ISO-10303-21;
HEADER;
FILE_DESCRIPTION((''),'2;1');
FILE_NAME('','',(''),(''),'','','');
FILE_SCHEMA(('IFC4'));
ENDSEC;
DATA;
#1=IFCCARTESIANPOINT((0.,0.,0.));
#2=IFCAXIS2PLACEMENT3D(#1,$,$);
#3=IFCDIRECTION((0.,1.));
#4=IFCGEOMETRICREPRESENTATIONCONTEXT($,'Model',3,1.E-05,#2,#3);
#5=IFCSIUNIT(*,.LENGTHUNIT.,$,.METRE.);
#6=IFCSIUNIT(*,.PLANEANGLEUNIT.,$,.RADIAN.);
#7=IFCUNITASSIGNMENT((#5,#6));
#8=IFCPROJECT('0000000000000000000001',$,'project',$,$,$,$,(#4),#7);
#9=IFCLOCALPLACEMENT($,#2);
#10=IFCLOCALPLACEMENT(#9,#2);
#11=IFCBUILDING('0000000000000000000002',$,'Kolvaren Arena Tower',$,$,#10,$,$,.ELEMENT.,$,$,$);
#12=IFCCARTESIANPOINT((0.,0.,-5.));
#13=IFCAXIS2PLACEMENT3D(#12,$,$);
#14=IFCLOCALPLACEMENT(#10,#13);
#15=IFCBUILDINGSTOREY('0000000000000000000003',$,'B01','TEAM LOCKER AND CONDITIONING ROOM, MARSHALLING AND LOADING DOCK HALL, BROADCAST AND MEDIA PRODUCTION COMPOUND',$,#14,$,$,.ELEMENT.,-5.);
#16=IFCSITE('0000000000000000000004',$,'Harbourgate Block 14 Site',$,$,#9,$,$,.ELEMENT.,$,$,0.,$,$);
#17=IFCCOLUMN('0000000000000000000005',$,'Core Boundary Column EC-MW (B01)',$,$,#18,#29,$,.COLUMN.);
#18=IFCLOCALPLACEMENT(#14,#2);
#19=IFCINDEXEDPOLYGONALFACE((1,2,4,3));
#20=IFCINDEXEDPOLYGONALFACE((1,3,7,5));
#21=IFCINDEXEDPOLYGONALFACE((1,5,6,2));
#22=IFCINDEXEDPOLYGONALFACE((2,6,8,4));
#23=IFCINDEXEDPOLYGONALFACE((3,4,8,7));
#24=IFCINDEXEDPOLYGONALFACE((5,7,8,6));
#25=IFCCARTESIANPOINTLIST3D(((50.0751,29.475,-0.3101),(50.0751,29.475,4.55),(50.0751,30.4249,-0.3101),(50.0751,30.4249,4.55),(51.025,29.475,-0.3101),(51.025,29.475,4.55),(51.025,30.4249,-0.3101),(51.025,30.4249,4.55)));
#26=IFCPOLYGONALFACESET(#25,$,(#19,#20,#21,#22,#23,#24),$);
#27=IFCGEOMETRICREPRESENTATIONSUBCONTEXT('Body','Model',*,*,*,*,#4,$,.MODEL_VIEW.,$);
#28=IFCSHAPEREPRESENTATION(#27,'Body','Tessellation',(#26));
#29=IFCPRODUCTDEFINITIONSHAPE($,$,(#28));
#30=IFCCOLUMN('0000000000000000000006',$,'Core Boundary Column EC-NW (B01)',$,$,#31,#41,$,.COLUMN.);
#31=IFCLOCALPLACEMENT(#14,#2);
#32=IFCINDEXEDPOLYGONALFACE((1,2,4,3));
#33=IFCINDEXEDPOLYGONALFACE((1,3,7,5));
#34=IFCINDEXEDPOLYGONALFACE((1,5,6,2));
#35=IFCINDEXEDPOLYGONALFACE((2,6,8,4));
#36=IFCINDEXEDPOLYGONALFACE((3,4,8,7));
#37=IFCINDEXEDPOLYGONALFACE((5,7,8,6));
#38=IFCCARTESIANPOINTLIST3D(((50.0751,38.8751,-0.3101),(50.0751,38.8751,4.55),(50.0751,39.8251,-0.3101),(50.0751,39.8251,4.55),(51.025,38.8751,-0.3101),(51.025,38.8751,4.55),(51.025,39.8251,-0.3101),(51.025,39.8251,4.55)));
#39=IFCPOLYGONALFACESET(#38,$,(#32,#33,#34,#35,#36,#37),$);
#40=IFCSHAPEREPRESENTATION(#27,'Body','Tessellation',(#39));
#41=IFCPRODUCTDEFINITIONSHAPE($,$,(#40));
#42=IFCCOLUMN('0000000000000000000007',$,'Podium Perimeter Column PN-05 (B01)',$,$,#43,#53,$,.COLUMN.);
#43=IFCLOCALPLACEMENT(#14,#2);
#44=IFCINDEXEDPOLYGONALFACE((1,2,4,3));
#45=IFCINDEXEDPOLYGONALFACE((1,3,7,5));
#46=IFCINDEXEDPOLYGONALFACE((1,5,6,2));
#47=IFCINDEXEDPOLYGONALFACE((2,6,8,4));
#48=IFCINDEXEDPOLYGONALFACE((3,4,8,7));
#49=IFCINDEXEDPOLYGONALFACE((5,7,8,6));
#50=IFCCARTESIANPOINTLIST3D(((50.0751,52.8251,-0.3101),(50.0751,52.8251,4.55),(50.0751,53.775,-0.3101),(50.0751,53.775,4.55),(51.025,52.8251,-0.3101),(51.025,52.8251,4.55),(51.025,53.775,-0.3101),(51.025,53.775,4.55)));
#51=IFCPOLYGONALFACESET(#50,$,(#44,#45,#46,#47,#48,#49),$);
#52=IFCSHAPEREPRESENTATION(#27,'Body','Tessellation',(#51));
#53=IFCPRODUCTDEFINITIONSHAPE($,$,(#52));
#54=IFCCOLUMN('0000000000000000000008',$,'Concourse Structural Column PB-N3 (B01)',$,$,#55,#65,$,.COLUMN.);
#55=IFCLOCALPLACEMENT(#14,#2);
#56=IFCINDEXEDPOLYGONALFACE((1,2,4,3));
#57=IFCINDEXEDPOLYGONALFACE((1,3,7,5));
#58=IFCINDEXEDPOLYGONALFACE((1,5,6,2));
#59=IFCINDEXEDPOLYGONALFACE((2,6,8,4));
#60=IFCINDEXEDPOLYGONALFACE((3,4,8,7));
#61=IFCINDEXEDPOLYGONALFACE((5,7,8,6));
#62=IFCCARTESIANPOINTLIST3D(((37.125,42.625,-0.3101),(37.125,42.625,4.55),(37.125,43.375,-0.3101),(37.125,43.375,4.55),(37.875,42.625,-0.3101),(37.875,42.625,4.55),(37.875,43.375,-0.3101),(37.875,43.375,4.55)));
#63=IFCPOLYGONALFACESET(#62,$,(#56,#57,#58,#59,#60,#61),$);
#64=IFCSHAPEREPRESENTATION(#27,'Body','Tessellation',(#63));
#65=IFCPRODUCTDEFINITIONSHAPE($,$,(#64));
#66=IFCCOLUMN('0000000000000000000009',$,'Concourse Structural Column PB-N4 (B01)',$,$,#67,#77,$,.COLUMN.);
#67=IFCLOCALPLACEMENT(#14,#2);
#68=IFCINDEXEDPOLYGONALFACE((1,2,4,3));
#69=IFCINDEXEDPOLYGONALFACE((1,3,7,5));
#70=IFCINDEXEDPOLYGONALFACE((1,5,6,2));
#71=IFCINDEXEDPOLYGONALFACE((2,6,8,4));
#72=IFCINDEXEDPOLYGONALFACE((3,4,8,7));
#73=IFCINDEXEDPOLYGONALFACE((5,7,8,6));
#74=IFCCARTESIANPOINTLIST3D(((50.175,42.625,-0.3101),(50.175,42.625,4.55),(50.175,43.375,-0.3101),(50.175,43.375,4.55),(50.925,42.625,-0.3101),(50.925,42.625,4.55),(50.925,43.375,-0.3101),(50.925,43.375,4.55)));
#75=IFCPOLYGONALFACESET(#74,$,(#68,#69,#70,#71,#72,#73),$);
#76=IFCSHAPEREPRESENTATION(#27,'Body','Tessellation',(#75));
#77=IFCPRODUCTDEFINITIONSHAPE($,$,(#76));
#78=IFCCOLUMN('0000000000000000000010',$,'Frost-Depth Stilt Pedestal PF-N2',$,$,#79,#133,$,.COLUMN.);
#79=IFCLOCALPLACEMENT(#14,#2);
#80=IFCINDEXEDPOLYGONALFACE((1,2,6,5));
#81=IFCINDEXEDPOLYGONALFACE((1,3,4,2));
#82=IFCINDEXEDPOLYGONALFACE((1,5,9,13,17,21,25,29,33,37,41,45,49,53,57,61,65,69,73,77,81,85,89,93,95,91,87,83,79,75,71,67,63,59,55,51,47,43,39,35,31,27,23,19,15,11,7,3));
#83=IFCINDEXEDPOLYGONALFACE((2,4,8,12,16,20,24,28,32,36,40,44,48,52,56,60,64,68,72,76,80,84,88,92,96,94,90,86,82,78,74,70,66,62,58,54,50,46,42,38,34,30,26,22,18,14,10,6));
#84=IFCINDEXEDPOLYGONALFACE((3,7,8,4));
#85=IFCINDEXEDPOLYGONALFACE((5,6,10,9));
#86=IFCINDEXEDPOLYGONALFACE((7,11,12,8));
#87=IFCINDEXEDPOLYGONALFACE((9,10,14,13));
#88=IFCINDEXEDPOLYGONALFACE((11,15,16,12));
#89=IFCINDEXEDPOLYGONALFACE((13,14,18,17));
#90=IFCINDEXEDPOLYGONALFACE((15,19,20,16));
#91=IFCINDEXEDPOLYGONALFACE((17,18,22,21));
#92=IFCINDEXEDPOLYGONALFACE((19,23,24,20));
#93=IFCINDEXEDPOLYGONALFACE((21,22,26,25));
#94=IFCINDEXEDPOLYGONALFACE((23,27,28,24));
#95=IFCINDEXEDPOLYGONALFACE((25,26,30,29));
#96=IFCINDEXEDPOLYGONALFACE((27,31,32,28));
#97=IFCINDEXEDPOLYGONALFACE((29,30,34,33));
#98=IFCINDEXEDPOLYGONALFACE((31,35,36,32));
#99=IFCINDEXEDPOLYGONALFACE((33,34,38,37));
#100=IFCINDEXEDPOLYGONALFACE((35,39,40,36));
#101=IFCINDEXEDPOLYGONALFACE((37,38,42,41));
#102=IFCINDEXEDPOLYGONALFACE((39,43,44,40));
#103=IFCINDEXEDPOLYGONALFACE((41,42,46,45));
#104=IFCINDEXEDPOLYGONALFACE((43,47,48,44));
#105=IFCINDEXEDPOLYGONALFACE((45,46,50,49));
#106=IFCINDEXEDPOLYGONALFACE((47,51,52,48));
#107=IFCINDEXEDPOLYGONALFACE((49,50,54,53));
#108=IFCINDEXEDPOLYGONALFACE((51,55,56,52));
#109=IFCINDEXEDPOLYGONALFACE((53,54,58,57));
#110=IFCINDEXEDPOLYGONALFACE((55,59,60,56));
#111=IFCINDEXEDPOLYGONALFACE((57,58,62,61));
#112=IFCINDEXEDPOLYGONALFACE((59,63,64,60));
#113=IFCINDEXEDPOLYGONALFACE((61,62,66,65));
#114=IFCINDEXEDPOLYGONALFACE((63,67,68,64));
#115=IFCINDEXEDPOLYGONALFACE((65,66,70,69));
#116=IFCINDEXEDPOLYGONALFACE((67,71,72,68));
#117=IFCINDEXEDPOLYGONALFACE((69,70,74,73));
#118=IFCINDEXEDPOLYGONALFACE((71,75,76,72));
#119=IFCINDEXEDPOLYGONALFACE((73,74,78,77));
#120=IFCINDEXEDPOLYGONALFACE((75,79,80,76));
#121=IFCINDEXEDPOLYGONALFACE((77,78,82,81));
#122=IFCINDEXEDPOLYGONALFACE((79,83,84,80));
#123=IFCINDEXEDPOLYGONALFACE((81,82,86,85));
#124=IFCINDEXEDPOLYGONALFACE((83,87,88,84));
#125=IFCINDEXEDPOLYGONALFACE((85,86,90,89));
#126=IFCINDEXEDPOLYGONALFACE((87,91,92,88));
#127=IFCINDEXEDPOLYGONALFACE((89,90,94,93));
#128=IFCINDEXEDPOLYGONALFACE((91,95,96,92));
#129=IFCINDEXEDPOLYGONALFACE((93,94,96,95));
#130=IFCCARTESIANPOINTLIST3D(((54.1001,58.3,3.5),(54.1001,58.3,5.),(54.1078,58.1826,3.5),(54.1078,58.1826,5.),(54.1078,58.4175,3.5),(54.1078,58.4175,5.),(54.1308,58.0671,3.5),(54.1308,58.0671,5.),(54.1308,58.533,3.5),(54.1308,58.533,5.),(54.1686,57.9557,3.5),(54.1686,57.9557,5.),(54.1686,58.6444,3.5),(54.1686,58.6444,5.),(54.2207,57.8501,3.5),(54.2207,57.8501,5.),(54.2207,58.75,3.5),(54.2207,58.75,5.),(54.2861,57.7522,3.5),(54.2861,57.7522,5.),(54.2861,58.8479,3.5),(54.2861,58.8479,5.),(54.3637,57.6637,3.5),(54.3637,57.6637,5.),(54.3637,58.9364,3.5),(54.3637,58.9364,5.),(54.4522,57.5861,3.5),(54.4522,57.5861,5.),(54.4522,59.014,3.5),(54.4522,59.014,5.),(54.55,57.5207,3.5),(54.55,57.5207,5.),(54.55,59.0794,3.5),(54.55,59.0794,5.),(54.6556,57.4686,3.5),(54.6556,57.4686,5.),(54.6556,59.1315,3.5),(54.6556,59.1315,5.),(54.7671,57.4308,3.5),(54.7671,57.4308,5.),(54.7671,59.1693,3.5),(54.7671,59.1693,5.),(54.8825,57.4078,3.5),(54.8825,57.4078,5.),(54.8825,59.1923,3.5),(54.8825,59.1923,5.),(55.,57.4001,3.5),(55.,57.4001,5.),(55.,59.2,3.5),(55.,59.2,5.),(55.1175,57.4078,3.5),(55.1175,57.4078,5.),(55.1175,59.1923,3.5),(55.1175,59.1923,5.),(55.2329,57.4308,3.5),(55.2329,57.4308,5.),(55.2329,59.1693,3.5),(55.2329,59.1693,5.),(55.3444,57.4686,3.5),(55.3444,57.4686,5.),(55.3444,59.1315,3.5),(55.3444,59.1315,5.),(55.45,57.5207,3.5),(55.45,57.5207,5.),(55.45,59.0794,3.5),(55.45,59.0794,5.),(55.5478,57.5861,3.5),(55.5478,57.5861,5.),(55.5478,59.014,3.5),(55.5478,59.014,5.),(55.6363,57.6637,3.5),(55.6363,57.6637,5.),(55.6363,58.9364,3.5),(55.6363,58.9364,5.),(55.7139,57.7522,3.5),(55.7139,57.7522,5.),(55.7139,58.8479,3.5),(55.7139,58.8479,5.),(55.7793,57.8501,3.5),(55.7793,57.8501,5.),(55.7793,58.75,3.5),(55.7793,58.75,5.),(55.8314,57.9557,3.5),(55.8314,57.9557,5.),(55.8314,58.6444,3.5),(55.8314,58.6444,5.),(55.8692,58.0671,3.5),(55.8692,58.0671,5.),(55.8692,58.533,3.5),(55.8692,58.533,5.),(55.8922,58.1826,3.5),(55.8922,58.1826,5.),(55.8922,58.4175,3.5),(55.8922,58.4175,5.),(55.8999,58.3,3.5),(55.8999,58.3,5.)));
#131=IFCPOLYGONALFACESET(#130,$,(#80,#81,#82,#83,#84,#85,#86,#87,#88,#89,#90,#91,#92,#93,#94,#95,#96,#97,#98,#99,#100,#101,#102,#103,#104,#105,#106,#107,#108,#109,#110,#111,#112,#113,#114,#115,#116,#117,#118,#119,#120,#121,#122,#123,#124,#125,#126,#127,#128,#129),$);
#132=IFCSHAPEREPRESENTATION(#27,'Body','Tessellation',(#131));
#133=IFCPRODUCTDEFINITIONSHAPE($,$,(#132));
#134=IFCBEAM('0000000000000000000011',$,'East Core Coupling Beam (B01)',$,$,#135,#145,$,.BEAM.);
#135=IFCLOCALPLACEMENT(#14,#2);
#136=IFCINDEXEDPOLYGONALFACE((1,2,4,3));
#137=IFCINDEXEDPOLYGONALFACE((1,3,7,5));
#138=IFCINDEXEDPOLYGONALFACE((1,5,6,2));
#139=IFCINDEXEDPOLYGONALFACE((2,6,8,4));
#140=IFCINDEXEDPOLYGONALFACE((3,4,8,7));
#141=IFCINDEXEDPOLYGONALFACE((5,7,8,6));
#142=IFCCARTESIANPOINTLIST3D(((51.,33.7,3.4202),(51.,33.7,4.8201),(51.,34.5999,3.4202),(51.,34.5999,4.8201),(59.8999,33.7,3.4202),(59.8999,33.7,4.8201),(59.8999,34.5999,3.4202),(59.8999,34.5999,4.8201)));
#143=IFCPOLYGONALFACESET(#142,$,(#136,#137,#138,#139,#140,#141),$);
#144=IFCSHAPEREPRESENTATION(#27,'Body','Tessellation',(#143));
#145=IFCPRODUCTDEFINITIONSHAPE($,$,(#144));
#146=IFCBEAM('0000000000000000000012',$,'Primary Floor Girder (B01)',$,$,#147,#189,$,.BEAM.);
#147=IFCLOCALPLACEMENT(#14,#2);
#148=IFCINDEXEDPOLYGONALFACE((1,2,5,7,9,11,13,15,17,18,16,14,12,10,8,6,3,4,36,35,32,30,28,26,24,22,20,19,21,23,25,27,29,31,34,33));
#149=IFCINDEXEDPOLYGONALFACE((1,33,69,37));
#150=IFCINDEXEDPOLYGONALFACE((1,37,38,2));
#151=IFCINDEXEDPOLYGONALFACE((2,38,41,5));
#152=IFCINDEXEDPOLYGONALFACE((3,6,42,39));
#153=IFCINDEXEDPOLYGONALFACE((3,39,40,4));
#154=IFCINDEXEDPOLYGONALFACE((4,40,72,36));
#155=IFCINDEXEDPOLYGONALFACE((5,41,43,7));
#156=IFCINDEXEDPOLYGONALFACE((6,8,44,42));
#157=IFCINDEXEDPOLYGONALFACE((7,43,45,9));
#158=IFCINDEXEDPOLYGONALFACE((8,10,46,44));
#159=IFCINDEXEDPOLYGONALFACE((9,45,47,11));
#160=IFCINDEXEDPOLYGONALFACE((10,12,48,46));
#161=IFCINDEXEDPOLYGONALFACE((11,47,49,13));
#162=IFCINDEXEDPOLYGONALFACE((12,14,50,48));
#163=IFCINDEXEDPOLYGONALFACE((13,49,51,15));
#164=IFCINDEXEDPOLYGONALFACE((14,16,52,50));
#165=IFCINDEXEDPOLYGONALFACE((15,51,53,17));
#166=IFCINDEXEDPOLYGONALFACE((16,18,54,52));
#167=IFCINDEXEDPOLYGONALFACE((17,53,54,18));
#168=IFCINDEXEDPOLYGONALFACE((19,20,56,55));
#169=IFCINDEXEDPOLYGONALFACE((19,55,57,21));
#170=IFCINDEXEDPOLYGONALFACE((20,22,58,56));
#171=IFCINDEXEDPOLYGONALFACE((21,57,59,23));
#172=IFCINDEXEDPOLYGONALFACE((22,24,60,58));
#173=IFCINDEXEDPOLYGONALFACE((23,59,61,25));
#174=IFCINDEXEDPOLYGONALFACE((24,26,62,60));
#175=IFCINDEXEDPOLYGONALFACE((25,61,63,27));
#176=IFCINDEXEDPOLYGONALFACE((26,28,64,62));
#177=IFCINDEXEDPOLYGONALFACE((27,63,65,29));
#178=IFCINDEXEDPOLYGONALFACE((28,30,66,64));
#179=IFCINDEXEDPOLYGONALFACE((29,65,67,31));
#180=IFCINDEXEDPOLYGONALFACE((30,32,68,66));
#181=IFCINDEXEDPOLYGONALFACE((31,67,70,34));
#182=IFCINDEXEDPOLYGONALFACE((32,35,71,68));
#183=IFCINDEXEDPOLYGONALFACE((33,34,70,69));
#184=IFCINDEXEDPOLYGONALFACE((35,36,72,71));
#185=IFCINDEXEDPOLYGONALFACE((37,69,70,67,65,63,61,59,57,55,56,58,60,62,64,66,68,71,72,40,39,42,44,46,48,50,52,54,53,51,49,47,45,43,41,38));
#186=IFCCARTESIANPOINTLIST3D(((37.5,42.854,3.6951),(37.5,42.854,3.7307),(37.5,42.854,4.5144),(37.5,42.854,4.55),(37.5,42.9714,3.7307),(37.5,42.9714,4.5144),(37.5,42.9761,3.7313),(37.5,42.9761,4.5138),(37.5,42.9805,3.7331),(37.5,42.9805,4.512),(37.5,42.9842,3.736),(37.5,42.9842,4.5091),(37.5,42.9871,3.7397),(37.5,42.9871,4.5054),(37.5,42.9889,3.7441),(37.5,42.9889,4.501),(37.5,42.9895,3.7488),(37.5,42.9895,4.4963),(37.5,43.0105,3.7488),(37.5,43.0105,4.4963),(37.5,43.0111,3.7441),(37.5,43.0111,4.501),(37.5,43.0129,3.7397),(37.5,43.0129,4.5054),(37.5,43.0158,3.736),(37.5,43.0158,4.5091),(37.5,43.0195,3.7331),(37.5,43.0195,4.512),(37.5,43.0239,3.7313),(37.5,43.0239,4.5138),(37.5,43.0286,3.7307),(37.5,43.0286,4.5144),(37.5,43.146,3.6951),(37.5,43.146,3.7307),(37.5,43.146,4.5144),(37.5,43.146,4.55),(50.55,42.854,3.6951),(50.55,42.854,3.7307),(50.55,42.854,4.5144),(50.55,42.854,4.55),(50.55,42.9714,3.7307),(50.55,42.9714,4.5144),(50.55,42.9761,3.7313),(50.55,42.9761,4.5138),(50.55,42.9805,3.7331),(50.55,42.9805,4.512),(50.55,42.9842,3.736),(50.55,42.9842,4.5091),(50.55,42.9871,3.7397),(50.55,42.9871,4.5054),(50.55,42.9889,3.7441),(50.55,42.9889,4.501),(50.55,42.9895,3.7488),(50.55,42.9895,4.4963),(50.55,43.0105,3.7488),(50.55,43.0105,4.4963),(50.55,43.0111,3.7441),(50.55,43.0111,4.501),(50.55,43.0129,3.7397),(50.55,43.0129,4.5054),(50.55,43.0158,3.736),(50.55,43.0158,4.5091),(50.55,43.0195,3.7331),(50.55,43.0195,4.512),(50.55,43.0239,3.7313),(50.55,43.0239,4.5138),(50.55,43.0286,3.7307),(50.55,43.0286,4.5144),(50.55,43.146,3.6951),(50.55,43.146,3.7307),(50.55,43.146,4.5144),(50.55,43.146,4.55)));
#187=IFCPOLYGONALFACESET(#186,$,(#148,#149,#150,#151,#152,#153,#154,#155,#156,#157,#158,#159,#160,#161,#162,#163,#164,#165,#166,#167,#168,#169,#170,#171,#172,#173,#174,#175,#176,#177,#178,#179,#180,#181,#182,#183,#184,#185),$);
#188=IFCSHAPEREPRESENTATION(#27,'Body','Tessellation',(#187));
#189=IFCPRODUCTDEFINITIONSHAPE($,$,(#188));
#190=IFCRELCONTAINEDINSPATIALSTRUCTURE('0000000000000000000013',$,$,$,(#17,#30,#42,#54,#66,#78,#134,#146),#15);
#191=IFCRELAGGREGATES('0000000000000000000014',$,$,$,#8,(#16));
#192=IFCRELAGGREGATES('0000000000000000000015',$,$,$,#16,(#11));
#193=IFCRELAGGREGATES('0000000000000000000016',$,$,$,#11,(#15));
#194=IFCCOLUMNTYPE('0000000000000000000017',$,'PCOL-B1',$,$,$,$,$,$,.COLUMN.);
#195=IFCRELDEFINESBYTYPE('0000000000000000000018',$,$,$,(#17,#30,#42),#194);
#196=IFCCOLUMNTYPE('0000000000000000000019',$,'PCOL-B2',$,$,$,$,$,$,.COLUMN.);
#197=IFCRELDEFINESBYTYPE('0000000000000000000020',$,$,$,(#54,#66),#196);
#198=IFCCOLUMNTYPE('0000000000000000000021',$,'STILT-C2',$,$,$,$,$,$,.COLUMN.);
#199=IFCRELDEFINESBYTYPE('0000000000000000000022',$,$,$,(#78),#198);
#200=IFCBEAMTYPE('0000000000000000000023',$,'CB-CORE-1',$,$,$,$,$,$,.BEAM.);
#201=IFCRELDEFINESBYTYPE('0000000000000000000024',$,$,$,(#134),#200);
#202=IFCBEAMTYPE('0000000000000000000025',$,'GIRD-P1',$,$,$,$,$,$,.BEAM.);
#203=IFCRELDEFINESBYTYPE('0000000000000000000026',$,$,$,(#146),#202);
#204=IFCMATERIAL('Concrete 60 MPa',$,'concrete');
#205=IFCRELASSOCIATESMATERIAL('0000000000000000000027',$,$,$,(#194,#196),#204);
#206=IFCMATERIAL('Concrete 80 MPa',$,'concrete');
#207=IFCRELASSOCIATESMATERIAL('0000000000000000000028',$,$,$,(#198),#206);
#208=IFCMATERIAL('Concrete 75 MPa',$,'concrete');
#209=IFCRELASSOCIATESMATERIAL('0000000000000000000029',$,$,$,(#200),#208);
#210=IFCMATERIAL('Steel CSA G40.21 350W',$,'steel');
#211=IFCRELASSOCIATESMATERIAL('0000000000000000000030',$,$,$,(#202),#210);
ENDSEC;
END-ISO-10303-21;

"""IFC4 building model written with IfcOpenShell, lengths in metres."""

from ifc_helpers import new_model, si_unit, direction, frame, origin, origin_2d, place, context, subcontext, project, spatial, rectangle, circle, i_section, extrude, material, material_profile, profile_set, type_object, element, save


model = new_model("IFC4")

# Units and contexts
model_context = context("Model", 3, precision=1e-05, world=origin(), true_north=direction((0.0, 1.0)))
body_context = subcontext(model_context, "Body", "Model", "MODEL_VIEW")
ifc_project = project(units=[si_unit("LENGTHUNIT", "METRE"), si_unit("PLANEANGLEUNIT", "RADIAN")], contexts=[model_context])

# Site, building, storey
site_placement = place(None, origin())
site = spatial("IfcSite", under=ifc_project, at=site_placement, Name="Harbourgate Block 14 Site", CompositionType="ELEMENT", RefElevation=0.0)
building_placement = place(site_placement, origin())
building = spatial("IfcBuilding", under=site, at=building_placement, Name="Kolvaren Arena Tower", CompositionType="ELEMENT")
storey_placement = place(building_placement, frame((0.0, 0.0, -5.0)))
storey = spatial("IfcBuildingStorey", under=building, at=storey_placement, Name="B01", Description="TEAM LOCKER AND CONDITIONING ROOM, MARSHALLING AND LOADING DOCK HALL, BROADCAST AND MEDIA PRODUCTION COMPOUND", CompositionType="ELEMENT", Elevation=-5.0)

# Columns
ifc_material_1 = material(Name="Concrete 60 MPa", Category="concrete")
ifc_material_profile_1 = material_profile(ifc_material_1, rectangle(XDim=0.95, YDim=0.95, at=origin_2d()), Name="RC-950x950")
ifc_profile_set_1 = profile_set([ifc_material_profile_1], Name="Concrete 60 MPa")
column_type_1 = type_object("IfcColumnType", Name="PCOL-B1", PredefinedType="COLUMN", material=ifc_profile_set_1)
for number, where, z_axis, x_axis, name in (
    (1, (50.55, 29.95, -0.3101), (0.0, 0.0, 1.0), (1.0, 0.0, 0.0), "Core Boundary Column EC-MW (B01)"),
    (2, (50.55, 39.3501, -0.3101), (0.0, 0.0, 1.0), (1.0, 0.0, 0.0), "Core Boundary Column EC-NW (B01)"),
    (3, (50.55, 53.3, -0.3101), (0.0, 0.0, 1.0), (1.0, 0.0, 0.0), "Podium Perimeter Column PN-05 (B01)"),
):
    element("IfcColumn", number, at=place(storey_placement, frame(where, z_axis=z_axis, x_axis=x_axis)), inside=storey, type_object=column_type_1, Name=name, PredefinedType="COLUMN", context=body_context, shape_type="SweptSolid", body=[
        extrude(rectangle(XDim=0.95, YDim=0.95, at=origin_2d()), origin(), (0.0, 0.0, 1.0), 4.8601),
    ])
ifc_material_profile_2 = material_profile(ifc_material_1, rectangle(XDim=0.75, YDim=0.75, at=origin_2d()), Name="RC-750x750")
ifc_profile_set_2 = profile_set([ifc_material_profile_2], Name="Concrete 60 MPa")
column_type_2 = type_object("IfcColumnType", Name="PCOL-B2", PredefinedType="COLUMN", material=ifc_profile_set_2)
for number, where, z_axis, x_axis, name in (
    (4, (37.5, 43.0, -0.3101), (0.0, 0.0, 1.0), (1.0, 0.0, 0.0), "Concourse Structural Column PB-N3 (B01)"),
    (5, (50.55, 43.0, -0.3101), (0.0, 0.0, 1.0), (1.0, 0.0, 0.0), "Concourse Structural Column PB-N4 (B01)"),
):
    element("IfcColumn", number, at=place(storey_placement, frame(where, z_axis=z_axis, x_axis=x_axis)), inside=storey, type_object=column_type_2, Name=name, PredefinedType="COLUMN", context=body_context, shape_type="SweptSolid", body=[
        extrude(rectangle(XDim=0.75, YDim=0.75, at=origin_2d()), origin(), (0.0, 0.0, 1.0), 4.8601),
    ])
ifc_material_2 = material(Name="Concrete 80 MPa", Category="concrete")
ifc_material_profile_3 = material_profile(ifc_material_2, circle(Radius=0.8999, at=origin_2d()), Name="RC-CIRC-1800")
ifc_profile_set_3 = profile_set([ifc_material_profile_3], Name="Concrete 80 MPa")
column_type_3 = type_object("IfcColumnType", Name="STILT-C2", PredefinedType="COLUMN", material=ifc_profile_set_3)
column_placement = place(storey_placement, frame((55.0, 58.3, 3.5), z_axis=(0.0, 0.0, 1.0), x_axis=(1.0, 0.0, 0.0)))
element("IfcColumn", 6, at=column_placement, inside=storey, type_object=column_type_3, Name="Frost-Depth Stilt Pedestal PF-N2", PredefinedType="COLUMN", context=body_context, shape_type="SweptSolid", body=[
    extrude(circle(Radius=0.8999, at=origin_2d()), origin(), (0.0, 0.0, 1.0), 1.5),
])

# Beams
ifc_material_3 = material(Name="Concrete 75 MPa", Category="concrete")
ifc_material_profile_4 = material_profile(ifc_material_3, rectangle(XDim=0.8999, YDim=1.3999, at=origin_2d()), Name="RC-900x1400")
ifc_profile_set_4 = profile_set([ifc_material_profile_4], Name="Concrete 75 MPa")
beam_type_1 = type_object("IfcBeamType", Name="CB-CORE-1", PredefinedType="BEAM", material=ifc_profile_set_4)
beam_1_placement = place(storey_placement, frame((51.0, 34.1499, 4.1201), z_axis=(1.0, 0.0, 0.0), x_axis=(0.0, 1.0, 0.0)))
element("IfcBeam", 7, at=beam_1_placement, inside=storey, type_object=beam_type_1, Name="East Core Coupling Beam (B01)", PredefinedType="BEAM", context=body_context, shape_type="SweptSolid", body=[
    extrude(rectangle(XDim=0.8999, YDim=1.3999, at=origin_2d()), origin(), (0.0, 0.0, 1.0), 8.8999),
])
ifc_material_4 = material(Name="Steel CSA G40.21 350W", Category="steel")
ifc_material_profile_5 = material_profile(ifc_material_4, i_section(OverallWidth=0.292, OverallDepth=0.855, WebThickness=0.021, FlangeThickness=0.0356, FilletRadius=0.0181, at=origin_2d()), Name="W840x299")
ifc_profile_set_5 = profile_set([ifc_material_profile_5], Name="Steel CSA G40.21 350W")
beam_type_2 = type_object("IfcBeamType", Name="GIRD-P1", PredefinedType="BEAM", material=ifc_profile_set_5)
beam_2_placement = place(storey_placement, frame((37.5, 43.0, 4.1226), z_axis=(1.0, 0.0, 0.0), x_axis=(0.0, 1.0, 0.0)))
element("IfcBeam", 8, at=beam_2_placement, inside=storey, type_object=beam_type_2, Name="Primary Floor Girder (B01)", PredefinedType="BEAM", context=body_context, shape_type="SweptSolid", body=[
    extrude(i_section(OverallWidth=0.292, OverallDepth=0.855, WebThickness=0.021, FlangeThickness=0.0356, FilletRadius=0.0181, at=origin_2d()), origin(), (0.0, 0.0, 1.0), 13.05),
])

save(model, "model.ifc")
